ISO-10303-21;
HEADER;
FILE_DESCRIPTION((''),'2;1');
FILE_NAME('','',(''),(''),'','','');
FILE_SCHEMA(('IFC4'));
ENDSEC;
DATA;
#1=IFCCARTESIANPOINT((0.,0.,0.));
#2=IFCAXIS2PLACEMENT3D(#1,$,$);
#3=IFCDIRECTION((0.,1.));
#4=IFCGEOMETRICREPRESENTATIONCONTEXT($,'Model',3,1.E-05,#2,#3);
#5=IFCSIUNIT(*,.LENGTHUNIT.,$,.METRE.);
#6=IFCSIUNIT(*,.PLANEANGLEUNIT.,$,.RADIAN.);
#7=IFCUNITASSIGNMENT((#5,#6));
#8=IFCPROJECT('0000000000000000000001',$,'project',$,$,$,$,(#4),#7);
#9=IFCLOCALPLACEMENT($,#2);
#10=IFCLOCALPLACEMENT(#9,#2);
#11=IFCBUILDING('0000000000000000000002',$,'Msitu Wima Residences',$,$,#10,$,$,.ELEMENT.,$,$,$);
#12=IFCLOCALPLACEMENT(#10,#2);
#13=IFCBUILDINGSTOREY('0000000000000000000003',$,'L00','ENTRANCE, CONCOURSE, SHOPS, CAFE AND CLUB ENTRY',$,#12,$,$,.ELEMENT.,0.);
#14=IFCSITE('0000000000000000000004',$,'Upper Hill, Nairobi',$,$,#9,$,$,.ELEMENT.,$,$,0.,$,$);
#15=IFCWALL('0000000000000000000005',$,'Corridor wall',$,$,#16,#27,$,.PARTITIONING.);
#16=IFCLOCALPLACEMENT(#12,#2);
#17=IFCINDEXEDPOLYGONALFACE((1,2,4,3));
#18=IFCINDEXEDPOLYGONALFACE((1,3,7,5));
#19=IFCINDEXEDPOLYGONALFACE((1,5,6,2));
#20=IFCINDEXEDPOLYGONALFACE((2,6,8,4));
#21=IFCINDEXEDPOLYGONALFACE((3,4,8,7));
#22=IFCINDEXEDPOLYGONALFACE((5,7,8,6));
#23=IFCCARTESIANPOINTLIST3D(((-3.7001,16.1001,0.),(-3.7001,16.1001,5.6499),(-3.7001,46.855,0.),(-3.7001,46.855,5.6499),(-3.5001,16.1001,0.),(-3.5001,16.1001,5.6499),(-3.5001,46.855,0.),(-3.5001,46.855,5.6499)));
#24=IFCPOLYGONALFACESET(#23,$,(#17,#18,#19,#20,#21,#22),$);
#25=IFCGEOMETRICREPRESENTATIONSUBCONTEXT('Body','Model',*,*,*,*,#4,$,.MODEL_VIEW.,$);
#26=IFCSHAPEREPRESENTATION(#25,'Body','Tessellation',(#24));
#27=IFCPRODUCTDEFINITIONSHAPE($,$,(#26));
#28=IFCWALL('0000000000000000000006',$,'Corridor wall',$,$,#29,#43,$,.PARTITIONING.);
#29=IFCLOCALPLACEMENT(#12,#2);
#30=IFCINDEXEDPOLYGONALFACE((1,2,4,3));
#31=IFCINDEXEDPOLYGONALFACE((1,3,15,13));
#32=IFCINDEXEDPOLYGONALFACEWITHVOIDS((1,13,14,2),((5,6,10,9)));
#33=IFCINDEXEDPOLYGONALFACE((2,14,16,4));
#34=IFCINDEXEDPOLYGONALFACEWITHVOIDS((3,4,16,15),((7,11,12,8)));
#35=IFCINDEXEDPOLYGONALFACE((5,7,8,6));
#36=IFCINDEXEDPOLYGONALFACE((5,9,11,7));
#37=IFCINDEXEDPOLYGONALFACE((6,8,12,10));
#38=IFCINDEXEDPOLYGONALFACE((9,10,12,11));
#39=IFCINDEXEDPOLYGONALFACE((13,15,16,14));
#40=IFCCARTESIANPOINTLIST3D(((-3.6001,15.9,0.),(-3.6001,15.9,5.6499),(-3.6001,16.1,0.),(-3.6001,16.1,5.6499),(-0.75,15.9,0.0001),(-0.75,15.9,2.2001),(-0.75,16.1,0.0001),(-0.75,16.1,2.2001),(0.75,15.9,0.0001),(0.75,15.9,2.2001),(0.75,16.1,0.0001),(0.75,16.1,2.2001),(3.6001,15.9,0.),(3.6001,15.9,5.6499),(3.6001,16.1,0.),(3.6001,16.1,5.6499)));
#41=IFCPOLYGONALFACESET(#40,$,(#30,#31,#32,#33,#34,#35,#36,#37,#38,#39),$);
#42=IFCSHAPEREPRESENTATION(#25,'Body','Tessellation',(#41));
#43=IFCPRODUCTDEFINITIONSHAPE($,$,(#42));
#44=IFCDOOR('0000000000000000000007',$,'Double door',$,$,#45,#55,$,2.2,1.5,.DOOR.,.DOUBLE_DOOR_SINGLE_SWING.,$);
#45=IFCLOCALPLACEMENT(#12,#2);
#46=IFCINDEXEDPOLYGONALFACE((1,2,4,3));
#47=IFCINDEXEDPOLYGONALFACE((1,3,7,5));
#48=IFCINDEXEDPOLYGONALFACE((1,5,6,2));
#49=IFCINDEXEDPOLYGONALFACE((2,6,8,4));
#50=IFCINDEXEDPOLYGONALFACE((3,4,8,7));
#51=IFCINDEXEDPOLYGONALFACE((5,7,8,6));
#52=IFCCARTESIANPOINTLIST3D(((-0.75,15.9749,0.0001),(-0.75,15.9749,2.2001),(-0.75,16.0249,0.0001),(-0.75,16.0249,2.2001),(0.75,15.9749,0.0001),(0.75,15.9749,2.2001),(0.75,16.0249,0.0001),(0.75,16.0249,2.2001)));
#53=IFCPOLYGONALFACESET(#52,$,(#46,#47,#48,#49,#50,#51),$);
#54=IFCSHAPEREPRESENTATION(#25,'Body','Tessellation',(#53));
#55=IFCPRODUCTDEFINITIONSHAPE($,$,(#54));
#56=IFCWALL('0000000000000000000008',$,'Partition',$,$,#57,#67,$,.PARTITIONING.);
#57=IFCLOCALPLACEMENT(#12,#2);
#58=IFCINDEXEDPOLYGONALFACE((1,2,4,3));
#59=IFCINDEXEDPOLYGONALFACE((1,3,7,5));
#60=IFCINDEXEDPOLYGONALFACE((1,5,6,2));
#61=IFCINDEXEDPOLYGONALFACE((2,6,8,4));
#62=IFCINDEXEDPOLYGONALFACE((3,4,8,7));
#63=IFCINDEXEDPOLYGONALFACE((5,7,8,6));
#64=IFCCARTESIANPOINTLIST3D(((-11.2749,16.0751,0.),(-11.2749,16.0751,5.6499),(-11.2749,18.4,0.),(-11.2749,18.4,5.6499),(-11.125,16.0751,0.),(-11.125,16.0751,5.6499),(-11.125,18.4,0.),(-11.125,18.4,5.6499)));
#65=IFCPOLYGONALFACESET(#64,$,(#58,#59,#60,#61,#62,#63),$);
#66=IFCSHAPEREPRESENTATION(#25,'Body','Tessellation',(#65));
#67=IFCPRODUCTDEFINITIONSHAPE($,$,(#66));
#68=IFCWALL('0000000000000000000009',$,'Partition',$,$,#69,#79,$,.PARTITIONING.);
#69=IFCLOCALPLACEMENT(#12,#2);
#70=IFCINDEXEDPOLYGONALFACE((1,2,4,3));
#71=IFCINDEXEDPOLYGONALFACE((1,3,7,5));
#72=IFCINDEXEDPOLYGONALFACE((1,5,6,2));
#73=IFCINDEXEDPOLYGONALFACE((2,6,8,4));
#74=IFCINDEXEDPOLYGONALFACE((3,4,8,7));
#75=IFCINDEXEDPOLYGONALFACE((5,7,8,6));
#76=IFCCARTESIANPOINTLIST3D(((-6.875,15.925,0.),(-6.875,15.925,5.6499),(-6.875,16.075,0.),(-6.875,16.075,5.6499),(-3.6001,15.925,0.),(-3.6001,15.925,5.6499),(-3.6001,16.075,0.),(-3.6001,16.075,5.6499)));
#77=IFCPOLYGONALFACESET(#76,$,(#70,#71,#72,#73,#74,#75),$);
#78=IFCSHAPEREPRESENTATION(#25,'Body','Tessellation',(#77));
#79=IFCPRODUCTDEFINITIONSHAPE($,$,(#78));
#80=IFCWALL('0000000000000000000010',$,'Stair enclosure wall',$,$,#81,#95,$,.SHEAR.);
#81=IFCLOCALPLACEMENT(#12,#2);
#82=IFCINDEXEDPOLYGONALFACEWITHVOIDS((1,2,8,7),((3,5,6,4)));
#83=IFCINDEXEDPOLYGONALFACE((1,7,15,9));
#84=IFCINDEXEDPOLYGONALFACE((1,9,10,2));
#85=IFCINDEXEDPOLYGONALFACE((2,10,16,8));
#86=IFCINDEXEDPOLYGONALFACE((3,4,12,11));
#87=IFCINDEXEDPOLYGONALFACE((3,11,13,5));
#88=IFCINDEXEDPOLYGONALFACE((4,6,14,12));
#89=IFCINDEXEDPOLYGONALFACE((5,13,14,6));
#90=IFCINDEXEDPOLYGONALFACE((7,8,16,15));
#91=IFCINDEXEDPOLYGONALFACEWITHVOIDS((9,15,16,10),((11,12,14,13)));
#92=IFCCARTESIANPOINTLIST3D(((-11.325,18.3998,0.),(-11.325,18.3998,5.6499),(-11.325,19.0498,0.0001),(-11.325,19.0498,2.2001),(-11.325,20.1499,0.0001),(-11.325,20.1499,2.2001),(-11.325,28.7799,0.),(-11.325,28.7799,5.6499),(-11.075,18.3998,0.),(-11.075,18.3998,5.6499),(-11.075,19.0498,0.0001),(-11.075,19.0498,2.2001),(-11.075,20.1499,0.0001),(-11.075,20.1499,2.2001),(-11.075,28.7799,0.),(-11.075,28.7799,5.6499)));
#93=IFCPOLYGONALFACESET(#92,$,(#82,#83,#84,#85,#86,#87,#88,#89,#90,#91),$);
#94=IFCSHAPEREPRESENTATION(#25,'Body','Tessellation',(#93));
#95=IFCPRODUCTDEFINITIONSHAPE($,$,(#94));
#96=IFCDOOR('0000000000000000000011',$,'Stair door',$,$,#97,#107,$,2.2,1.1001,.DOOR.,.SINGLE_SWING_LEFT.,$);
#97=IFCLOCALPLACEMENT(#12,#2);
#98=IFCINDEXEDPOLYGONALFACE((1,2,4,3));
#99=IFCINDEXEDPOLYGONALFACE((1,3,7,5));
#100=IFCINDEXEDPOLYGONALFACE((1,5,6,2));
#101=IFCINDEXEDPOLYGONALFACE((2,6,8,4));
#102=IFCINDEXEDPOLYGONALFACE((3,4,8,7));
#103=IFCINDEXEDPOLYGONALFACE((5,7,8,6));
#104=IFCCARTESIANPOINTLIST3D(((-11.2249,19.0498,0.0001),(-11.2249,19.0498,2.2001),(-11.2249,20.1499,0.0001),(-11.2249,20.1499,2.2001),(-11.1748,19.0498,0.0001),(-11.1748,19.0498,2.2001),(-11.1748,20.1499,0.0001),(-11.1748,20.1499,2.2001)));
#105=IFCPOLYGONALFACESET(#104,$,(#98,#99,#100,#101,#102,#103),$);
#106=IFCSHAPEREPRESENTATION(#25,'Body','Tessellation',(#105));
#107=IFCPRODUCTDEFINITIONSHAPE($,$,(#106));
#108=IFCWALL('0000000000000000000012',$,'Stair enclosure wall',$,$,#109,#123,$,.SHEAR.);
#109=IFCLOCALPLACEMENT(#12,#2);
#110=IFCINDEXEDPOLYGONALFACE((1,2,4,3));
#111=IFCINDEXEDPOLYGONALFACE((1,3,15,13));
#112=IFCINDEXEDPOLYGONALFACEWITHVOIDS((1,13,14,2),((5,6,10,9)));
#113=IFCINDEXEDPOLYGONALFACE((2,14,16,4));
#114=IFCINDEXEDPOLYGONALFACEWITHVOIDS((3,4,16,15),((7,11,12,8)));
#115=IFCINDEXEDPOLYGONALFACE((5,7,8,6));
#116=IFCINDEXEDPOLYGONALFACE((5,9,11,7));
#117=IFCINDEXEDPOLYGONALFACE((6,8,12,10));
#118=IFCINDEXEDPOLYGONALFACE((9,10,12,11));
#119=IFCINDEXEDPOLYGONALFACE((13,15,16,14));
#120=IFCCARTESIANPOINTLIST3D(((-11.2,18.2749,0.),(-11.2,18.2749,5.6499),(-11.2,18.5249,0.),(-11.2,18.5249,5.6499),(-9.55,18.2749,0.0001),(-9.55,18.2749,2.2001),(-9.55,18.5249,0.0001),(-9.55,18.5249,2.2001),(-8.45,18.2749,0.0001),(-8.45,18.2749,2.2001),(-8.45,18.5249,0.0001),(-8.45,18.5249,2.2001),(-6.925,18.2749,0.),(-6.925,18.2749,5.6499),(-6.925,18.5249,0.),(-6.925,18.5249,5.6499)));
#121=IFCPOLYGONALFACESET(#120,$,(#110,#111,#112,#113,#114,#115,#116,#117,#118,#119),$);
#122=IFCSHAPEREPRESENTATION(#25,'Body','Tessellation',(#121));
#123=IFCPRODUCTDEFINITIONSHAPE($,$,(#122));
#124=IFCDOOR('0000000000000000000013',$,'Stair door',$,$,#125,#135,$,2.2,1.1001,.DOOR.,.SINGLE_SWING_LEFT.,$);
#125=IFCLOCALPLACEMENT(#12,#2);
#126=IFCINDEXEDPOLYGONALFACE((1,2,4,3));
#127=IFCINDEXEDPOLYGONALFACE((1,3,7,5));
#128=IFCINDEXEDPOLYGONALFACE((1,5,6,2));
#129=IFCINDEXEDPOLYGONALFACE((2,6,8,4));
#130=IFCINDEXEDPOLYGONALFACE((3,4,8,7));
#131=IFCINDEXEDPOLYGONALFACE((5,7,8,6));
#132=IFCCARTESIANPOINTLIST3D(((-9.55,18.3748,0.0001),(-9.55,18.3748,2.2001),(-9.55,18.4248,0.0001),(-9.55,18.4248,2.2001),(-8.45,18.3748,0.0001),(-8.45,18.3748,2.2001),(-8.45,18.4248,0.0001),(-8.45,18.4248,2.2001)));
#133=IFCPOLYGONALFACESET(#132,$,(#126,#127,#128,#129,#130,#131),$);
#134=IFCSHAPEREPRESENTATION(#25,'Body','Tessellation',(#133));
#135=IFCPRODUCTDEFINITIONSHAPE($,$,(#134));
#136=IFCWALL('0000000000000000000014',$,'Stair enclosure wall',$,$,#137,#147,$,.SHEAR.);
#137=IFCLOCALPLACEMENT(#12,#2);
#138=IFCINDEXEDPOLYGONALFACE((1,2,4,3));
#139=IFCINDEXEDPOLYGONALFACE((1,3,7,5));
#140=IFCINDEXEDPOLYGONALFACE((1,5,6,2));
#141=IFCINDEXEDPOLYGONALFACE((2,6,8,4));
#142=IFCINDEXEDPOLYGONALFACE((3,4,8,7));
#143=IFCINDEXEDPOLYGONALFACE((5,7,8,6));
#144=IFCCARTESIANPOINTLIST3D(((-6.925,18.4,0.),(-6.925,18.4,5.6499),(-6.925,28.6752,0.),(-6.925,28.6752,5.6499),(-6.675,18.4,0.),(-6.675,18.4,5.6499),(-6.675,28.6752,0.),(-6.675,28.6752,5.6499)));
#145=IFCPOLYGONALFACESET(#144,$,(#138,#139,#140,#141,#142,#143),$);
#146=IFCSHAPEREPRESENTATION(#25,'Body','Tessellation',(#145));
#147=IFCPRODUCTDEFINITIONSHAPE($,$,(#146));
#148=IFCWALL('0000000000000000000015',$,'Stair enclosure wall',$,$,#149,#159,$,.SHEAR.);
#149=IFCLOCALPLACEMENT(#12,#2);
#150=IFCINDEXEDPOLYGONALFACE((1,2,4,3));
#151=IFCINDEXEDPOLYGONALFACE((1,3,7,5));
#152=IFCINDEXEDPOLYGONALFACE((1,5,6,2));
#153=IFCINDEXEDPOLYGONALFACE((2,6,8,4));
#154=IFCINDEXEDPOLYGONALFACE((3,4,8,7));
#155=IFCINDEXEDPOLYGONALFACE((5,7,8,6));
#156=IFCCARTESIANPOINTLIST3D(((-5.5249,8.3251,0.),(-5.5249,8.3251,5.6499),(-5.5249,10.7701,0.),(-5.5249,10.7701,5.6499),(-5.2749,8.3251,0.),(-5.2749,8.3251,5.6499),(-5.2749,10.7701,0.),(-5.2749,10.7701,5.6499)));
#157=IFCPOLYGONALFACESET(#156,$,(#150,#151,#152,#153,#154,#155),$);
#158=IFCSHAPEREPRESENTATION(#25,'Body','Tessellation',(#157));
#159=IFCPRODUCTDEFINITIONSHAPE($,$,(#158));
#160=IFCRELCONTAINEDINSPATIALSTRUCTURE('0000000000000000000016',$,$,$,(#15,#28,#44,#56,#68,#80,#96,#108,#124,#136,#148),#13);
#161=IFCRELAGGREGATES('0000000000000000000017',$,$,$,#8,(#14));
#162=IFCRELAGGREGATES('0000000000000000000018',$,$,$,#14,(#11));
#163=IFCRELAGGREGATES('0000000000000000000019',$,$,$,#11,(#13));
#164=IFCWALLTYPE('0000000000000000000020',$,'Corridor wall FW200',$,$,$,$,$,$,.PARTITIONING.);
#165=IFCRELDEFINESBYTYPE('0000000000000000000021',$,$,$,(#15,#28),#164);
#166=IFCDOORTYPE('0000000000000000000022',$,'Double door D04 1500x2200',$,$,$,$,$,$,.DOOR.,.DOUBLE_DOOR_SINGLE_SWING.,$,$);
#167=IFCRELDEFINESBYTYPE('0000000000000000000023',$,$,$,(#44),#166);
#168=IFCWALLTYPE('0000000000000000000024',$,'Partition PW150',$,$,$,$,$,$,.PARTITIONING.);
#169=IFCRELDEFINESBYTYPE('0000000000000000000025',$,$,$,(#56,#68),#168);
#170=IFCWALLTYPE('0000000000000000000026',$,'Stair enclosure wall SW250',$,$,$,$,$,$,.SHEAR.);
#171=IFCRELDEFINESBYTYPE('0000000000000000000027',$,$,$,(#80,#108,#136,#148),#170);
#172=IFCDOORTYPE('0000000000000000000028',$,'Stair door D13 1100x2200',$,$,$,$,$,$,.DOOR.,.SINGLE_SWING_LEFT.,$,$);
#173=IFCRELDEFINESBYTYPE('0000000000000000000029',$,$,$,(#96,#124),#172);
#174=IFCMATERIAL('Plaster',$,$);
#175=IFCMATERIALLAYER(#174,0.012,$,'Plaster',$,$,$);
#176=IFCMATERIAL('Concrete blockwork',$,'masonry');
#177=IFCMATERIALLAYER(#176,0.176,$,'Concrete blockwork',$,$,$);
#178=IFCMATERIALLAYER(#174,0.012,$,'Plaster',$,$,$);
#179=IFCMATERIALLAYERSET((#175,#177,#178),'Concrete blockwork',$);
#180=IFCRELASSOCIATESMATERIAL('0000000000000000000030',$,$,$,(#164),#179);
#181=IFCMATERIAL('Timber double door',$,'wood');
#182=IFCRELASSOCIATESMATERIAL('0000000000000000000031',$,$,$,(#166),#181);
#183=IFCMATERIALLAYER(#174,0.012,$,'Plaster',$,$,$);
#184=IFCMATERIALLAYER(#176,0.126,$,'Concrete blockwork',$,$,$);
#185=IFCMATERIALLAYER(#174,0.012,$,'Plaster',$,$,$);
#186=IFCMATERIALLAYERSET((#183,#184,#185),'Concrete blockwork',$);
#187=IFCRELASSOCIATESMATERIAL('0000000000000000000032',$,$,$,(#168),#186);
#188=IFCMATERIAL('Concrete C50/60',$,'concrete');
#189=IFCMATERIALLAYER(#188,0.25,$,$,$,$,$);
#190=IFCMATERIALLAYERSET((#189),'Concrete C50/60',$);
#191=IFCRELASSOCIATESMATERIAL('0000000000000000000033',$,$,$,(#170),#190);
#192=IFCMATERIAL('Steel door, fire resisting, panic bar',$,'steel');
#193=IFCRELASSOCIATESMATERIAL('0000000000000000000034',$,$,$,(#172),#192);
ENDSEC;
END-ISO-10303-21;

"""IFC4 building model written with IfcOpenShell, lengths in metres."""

from ifc_helpers import new_model, si_unit, direction, frame, frame_2d, origin, place, context, subcontext, project, spatial, rectangle, extrude, material, layer, layer_set, type_object, element, fill, save


model = new_model("IFC4")

# Units and contexts
model_context = context("Model", 3, precision=1e-05, world=origin(), true_north=direction((0.0, 1.0)))
body_context = subcontext(model_context, "Body", "Model", "MODEL_VIEW")
ifc_project = project(units=[si_unit("LENGTHUNIT", "METRE"), si_unit("PLANEANGLEUNIT", "RADIAN")], contexts=[model_context])

# Site, building, storey
site_placement = place(None, origin())
site = spatial("IfcSite", under=ifc_project, at=site_placement, Name="Upper Hill, Nairobi", CompositionType="ELEMENT", RefElevation=0.0)
building_placement = place(site_placement, origin())
building = spatial("IfcBuilding", under=site, at=building_placement, Name="Msitu Wima Residences", CompositionType="ELEMENT")
storey_placement = place(building_placement, origin())
storey = spatial("IfcBuildingStorey", under=building, at=storey_placement, Name="L00", Description="ENTRANCE, CONCOURSE, SHOPS, CAFE AND CLUB ENTRY", CompositionType="ELEMENT", Elevation=0.0)

# Wall
ifc_material_1 = material(Name="Plaster")
ifc_layer_1 = layer(ifc_material_1, 0.012, Name="Plaster")
ifc_material_2 = material(Name="Concrete blockwork", Category="masonry")
ifc_layer_2 = layer(ifc_material_2, 0.176, Name="Concrete blockwork")
ifc_layer_3 = layer(ifc_material_1, 0.012, Name="Plaster")
ifc_layer_set_1 = layer_set([ifc_layer_1, ifc_layer_2, ifc_layer_3], Name="Concrete blockwork")
wall_type_1 = type_object("IfcWallType", Name="Corridor wall FW200", PredefinedType="PARTITIONING", material=ifc_layer_set_1)
wall_1_placement = place(storey_placement, frame((-3.6001, 16.1001, 0.0), z_axis=(0.0, 0.0, 1.0), x_axis=(0.0, 1.0, 0.0)))
element("IfcWall", 1, at=wall_1_placement, inside=storey, type_object=wall_type_1, Name="Corridor wall", PredefinedType="PARTITIONING", context=body_context, shape_type="SweptSolid", body=[
    extrude(rectangle(XDim=30.7549, YDim=0.2, at=frame_2d((15.3774, 0.0))), origin(), (0.0, 0.0, 1.0), 5.6499),
])

# Wall, opening, door
wall_2_placement = place(storey_placement, frame((-3.6001, 16.0, 0.0), z_axis=(0.0, 0.0, 1.0), x_axis=(1.0, 0.0, 0.0)))
wall_2 = element("IfcWall", 2, at=wall_2_placement, inside=storey, type_object=wall_type_1, Name="Corridor wall", PredefinedType="PARTITIONING", context=body_context, shape_type="SweptSolid", body=[
    extrude(rectangle(XDim=7.2002, YDim=0.2, at=frame_2d((3.6001, 0.0))), origin(), (0.0, 0.0, 1.0), 5.6499),
])
opening_1_placement = place(wall_2_placement, frame((2.8501, 0.0, 0.0)))
opening_1 = element("IfcOpeningElement", 3, at=opening_1_placement, cuts=wall_2, PredefinedType="OPENING", context=body_context, shape_type="SweptSolid", body=[
    extrude(rectangle(XDim=1.5, YDim=2.2, at=frame_2d((0.75, 1.1001))), frame((0.0, 0.1099, 0.0), z_axis=(0.0, -1.0, 0.0), x_axis=(1.0, 0.0, 0.0)), (0.0, 0.0, 1.0), 0.22),
])
ifc_material_3 = material(Name="Timber double door", Category="wood")
door_type_1 = type_object("IfcDoorType", Name="Double door D04 1500x2200", OperationType="DOUBLE_DOOR_SINGLE_SWING", PredefinedType="DOOR", material=ifc_material_3)
door_1_placement = place(opening_1_placement, origin())
door_1 = element("IfcDoor", 4, at=door_1_placement, inside=storey, type_object=door_type_1, Name="Double door", OperationType="DOUBLE_DOOR_SINGLE_SWING", OverallHeight=2.2, OverallWidth=1.5, PredefinedType="DOOR", context=body_context, shape_type="SweptSolid", body=[
    extrude(rectangle(XDim=1.5, YDim=2.2, at=frame_2d((0.75, 1.1001))), frame((0.0, 0.0249, 0.0), z_axis=(0.0, -1.0, 0.0), x_axis=(1.0, 0.0, 0.0)), (0.0, 0.0, 1.0), 0.05),
])
fill(opening_1, door_1)

# Wall
ifc_layer_4 = layer(ifc_material_1, 0.012, Name="Plaster")
ifc_layer_5 = layer(ifc_material_2, 0.126, Name="Concrete blockwork")
ifc_layer_6 = layer(ifc_material_1, 0.012, Name="Plaster")
ifc_layer_set_2 = layer_set([ifc_layer_4, ifc_layer_5, ifc_layer_6], Name="Concrete blockwork")
wall_type_2 = type_object("IfcWallType", Name="Partition PW150", PredefinedType="PARTITIONING", material=ifc_layer_set_2)
wall_3_placement = place(storey_placement, frame((-11.2, 16.075, 0.0), z_axis=(0.0, 0.0, 1.0), x_axis=(0.0, 1.0, 0.0)))
element("IfcWall", 5, at=wall_3_placement, inside=storey, type_object=wall_type_2, Name="Partition", PredefinedType="PARTITIONING", context=body_context, shape_type="SweptSolid", body=[
    extrude(rectangle(XDim=2.325, YDim=0.1499, at=frame_2d((1.1626, 0.0))), origin(), (0.0, 0.0, 1.0), 5.6499),
])

# Wall
wall_4_placement = place(storey_placement, frame((-6.875, 16.0, 0.0), z_axis=(0.0, 0.0, 1.0), x_axis=(1.0, 0.0, 0.0)))
element("IfcWall", 6, at=wall_4_placement, inside=storey, type_object=wall_type_2, Name="Partition", PredefinedType="PARTITIONING", context=body_context, shape_type="SweptSolid", body=[
    extrude(rectangle(XDim=3.2749, YDim=0.1499, at=frame_2d((1.6375, 0.0))), origin(), (0.0, 0.0, 1.0), 5.6499),
])

# Walls, openings, doors
ifc_material_4 = material(Name="Concrete C50/60", Category="concrete")
ifc_layer_7 = layer(ifc_material_4, 0.25)
ifc_layer_set_3 = layer_set([ifc_layer_7], Name="Concrete C50/60")
wall_type_3 = type_object("IfcWallType", Name="Stair enclosure wall SW250", PredefinedType="SHEAR", material=ifc_layer_set_3)
wall_5_placement = place(storey_placement, frame((-11.2, 18.3999, 0.0), z_axis=(0.0, 0.0, 1.0), x_axis=(0.0, 1.0, 0.0)))
wall_5 = element("IfcWall", 7, at=wall_5_placement, inside=storey, type_object=wall_type_3, Name="Stair enclosure wall", PredefinedType="SHEAR", context=body_context, shape_type="SweptSolid", body=[
    extrude(rectangle(XDim=10.3801, YDim=0.25, at=frame_2d((5.1899, 0.0))), origin(), (0.0, 0.0, 1.0), 5.6499),
])
opening_2_placement = place(wall_5_placement, frame((0.6499, 0.0, 0.0)))
opening_2 = element("IfcOpeningElement", 8, at=opening_2_placement, cuts=wall_5, PredefinedType="OPENING", context=body_context, shape_type="SweptSolid", body=[
    extrude(rectangle(XDim=1.1001, YDim=2.2, at=frame_2d((0.55, 1.1001))), frame((0.0, 0.135, 0.0), z_axis=(0.0, -1.0, 0.0), x_axis=(1.0, 0.0, 0.0)), (0.0, 0.0, 1.0), 0.27),
])
ifc_material_5 = material(Name="Steel door, fire resisting, panic bar", Category="steel")
door_type_2 = type_object("IfcDoorType", Name="Stair door D13 1100x2200", OperationType="SINGLE_SWING_LEFT", PredefinedType="DOOR", material=ifc_material_5)
door_2_placement = place(opening_2_placement, origin())
door_2 = element("IfcDoor", 9, at=door_2_placement, inside=storey, type_object=door_type_2, Name="Stair door", OperationType="SINGLE_SWING_LEFT", OverallHeight=2.2, OverallWidth=1.1001, PredefinedType="DOOR", context=body_context, shape_type="SweptSolid", body=[
    extrude(rectangle(XDim=1.1001, YDim=2.2, at=frame_2d((0.55, 1.1001))), frame((0.0, 0.0249, 0.0), z_axis=(0.0, -1.0, 0.0), x_axis=(1.0, 0.0, 0.0)), (0.0, 0.0, 1.0), 0.05),
])
fill(opening_2, door_2)
wall_6_placement = place(storey_placement, frame((-11.2, 18.3999, 0.0), z_axis=(0.0, 0.0, 1.0), x_axis=(1.0, 0.0, 0.0)))
wall_6 = element("IfcWall", 10, at=wall_6_placement, inside=storey, type_object=wall_type_3, Name="Stair enclosure wall", PredefinedType="SHEAR", context=body_context, shape_type="SweptSolid", body=[
    extrude(rectangle(XDim=4.2749, YDim=0.25, at=frame_2d((2.1375, 0.0))), origin(), (0.0, 0.0, 1.0), 5.6499),
])
opening_3_placement = place(wall_6_placement, frame((1.6499, 0.0, 0.0)))
opening_3 = element("IfcOpeningElement", 11, at=opening_3_placement, cuts=wall_6, PredefinedType="OPENING", context=body_context, shape_type="SweptSolid", body=[
    extrude(rectangle(XDim=1.1001, YDim=2.2, at=frame_2d((0.55, 1.1001))), frame((0.0, 0.135, 0.0), z_axis=(0.0, -1.0, 0.0), x_axis=(1.0, 0.0, 0.0)), (0.0, 0.0, 1.0), 0.27),
])
door_3_placement = place(opening_3_placement, origin())
door_3 = element("IfcDoor", 12, at=door_3_placement, inside=storey, type_object=door_type_2, Name="Stair door", OperationType="SINGLE_SWING_LEFT", OverallHeight=2.2, OverallWidth=1.1001, PredefinedType="DOOR", context=body_context, shape_type="SweptSolid", body=[
    extrude(rectangle(XDim=1.1001, YDim=2.2, at=frame_2d((0.55, 1.1001))), frame((0.0, 0.0249, 0.0), z_axis=(0.0, -1.0, 0.0), x_axis=(1.0, 0.0, 0.0)), (0.0, 0.0, 1.0), 0.05),
])
fill(opening_3, door_3)

# Walls
wall_7_placement = place(storey_placement, frame((-6.8, 18.3999, 0.0), z_axis=(0.0, 0.0, 1.0), x_axis=(0.0, 1.0, 0.0)))
element("IfcWall", 13, at=wall_7_placement, inside=storey, type_object=wall_type_3, Name="Stair enclosure wall", PredefinedType="SHEAR", context=body_context, shape_type="SweptSolid", body=[
    extrude(rectangle(XDim=10.2751, YDim=0.25, at=frame_2d((5.1377, 0.0))), origin(), (0.0, 0.0, 1.0), 5.6499),
])
wall_8_placement = place(storey_placement, frame((-5.3999, 8.325, 0.0), z_axis=(0.0, 0.0, 1.0), x_axis=(0.0, 1.0, 0.0)))
element("IfcWall", 14, at=wall_8_placement, inside=storey, type_object=wall_type_3, Name="Stair enclosure wall", PredefinedType="SHEAR", context=body_context, shape_type="SweptSolid", body=[
    extrude(rectangle(XDim=2.4451, YDim=0.25, at=frame_2d((1.2227, 0.0))), origin(), (0.0, 0.0, 1.0), 5.6499),
])

save(model, "model.ifc")
